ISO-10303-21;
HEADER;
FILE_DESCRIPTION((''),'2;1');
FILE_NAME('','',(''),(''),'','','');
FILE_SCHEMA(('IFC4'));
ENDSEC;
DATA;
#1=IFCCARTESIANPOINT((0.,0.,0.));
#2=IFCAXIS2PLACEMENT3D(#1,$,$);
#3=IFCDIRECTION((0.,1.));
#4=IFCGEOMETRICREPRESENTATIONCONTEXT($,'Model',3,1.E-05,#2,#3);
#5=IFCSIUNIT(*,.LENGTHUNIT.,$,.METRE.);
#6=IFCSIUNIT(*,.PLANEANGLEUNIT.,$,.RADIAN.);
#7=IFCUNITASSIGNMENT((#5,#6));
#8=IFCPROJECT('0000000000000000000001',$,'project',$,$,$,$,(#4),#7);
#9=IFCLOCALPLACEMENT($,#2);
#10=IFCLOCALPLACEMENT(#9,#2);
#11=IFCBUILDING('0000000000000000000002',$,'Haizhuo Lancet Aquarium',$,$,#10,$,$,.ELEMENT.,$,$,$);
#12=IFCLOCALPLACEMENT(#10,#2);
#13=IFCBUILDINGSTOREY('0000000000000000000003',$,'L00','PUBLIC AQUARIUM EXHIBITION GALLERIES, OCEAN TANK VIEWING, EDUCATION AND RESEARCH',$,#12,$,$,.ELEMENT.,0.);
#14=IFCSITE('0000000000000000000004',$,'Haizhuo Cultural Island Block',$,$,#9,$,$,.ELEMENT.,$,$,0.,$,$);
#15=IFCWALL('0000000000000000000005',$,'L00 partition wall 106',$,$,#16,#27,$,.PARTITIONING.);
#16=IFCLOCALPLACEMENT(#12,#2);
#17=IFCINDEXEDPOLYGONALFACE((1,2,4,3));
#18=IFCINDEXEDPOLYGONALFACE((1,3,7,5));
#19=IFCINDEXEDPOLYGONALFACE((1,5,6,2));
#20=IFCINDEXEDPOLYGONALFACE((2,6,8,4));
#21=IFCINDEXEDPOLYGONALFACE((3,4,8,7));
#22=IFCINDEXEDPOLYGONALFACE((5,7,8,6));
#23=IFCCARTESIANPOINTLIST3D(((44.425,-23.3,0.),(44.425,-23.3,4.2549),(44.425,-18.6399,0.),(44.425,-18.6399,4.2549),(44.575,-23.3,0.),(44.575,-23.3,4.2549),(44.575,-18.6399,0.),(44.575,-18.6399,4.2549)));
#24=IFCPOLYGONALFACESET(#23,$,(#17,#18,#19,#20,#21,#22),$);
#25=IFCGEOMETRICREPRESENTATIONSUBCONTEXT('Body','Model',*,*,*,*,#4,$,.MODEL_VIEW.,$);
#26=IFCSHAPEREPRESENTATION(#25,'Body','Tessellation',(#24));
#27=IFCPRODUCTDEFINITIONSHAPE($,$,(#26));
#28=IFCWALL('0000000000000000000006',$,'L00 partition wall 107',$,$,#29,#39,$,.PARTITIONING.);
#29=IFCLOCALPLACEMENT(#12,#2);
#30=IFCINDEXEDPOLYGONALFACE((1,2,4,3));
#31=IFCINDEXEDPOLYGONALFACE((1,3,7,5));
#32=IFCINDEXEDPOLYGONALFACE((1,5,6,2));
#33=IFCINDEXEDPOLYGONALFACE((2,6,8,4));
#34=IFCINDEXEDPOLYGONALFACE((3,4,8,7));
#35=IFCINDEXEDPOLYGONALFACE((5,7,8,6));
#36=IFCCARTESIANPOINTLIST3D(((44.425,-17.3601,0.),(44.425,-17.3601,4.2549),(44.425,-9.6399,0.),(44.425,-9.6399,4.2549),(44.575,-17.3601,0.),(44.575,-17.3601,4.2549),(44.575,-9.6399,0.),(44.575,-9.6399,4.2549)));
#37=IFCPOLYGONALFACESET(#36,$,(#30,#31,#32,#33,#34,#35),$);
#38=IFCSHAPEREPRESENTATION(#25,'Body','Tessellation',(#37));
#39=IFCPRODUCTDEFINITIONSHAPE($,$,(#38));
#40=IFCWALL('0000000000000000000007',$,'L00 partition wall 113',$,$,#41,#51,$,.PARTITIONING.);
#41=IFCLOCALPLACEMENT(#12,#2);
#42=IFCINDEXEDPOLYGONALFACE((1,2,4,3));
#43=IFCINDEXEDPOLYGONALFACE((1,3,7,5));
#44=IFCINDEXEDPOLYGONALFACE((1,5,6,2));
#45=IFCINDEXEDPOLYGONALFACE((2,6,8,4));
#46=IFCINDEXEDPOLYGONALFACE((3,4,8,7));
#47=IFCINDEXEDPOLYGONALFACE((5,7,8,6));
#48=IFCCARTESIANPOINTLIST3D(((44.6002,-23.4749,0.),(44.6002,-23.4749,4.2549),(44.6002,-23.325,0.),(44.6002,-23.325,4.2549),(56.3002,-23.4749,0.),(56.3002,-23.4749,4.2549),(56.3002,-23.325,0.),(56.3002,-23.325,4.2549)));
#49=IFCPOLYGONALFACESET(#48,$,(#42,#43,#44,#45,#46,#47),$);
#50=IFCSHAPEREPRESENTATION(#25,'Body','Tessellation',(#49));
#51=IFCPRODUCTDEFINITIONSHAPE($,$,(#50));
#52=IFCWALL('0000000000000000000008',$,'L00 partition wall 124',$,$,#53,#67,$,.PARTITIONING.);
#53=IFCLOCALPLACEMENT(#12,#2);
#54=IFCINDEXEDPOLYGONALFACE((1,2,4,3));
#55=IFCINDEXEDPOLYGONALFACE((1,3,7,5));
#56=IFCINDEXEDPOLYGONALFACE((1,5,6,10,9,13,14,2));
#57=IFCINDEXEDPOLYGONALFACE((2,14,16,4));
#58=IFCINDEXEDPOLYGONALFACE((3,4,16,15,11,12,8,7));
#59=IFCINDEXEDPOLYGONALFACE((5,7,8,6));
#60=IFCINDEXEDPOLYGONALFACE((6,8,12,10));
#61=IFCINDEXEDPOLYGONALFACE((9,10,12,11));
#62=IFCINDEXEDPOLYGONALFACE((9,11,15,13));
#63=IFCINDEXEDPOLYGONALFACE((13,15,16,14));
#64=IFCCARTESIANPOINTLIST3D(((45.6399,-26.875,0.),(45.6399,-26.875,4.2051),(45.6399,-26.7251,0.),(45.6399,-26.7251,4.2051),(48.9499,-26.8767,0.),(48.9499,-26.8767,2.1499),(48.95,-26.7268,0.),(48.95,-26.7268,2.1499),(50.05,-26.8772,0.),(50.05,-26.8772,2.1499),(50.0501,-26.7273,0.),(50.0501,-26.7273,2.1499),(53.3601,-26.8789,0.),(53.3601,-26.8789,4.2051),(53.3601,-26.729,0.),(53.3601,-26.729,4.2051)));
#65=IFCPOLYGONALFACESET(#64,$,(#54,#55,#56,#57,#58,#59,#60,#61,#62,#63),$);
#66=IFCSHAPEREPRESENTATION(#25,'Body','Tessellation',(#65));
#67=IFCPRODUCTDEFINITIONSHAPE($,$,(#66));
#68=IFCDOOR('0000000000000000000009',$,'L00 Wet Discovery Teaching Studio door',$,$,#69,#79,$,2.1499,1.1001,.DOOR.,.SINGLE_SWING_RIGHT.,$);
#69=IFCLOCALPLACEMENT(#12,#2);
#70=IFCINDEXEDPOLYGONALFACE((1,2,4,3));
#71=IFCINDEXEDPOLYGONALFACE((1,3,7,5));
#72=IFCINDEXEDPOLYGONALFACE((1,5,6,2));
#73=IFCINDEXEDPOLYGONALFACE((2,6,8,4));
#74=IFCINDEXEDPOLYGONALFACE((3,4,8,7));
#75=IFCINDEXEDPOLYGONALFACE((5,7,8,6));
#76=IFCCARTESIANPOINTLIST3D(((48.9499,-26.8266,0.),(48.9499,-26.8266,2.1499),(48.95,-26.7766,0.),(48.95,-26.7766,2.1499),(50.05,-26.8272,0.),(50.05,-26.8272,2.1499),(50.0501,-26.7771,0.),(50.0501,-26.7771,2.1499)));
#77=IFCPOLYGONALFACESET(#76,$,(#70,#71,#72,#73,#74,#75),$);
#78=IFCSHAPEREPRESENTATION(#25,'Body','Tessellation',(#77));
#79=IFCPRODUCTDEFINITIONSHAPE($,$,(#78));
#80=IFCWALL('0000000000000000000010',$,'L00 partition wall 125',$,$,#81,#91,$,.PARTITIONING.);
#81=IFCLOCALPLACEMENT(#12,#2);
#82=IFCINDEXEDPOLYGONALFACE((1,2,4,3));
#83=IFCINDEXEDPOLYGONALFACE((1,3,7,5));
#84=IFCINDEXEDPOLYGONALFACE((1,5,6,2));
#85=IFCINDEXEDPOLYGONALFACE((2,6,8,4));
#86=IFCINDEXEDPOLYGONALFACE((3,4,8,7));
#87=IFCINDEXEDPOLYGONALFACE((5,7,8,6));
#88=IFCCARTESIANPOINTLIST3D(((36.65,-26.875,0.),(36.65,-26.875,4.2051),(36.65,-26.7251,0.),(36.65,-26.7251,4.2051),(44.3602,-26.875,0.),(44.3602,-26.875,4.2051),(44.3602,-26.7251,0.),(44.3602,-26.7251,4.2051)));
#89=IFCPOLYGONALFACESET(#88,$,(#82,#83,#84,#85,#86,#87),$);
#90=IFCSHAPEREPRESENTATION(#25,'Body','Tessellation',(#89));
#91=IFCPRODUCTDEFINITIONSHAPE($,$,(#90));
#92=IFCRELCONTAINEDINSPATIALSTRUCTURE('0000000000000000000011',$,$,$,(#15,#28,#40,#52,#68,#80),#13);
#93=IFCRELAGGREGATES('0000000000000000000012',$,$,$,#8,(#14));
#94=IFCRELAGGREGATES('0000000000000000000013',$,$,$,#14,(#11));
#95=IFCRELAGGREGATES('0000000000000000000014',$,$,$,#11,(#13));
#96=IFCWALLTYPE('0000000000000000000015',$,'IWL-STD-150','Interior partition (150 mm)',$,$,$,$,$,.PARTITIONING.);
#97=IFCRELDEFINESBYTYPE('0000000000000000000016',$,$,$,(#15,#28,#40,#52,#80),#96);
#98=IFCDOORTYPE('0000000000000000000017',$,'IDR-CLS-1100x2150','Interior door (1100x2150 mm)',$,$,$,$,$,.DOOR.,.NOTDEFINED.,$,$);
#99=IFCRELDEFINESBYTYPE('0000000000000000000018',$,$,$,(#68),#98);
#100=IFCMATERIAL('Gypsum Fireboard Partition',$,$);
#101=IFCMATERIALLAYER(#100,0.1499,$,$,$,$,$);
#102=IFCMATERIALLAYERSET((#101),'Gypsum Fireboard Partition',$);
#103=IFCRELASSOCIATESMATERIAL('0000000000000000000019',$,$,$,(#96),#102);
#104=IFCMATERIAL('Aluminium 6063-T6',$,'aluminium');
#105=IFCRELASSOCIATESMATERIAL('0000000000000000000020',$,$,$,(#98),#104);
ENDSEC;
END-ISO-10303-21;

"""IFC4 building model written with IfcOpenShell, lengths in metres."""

from ifc_helpers import new_model, si_unit, direction, frame, frame_2d, origin, place, context, subcontext, project, spatial, rectangle, extrude, material, layer, layer_set, type_object, element, fill, save


model = new_model("IFC4")

# Units and contexts
model_context = context("Model", 3, precision=1e-05, world=origin(), true_north=direction((0.0, 1.0)))
body_context = subcontext(model_context, "Body", "Model", "MODEL_VIEW")
ifc_project = project(units=[si_unit("LENGTHUNIT", "METRE"), si_unit("PLANEANGLEUNIT", "RADIAN")], contexts=[model_context])

# Site, building, storey
site_placement = place(None, origin())
site = spatial("IfcSite", under=ifc_project, at=site_placement, Name="Haizhuo Cultural Island Block", CompositionType="ELEMENT", RefElevation=0.0)
building_placement = place(site_placement, origin())
building = spatial("IfcBuilding", under=site, at=building_placement, Name="Haizhuo Lancet Aquarium", CompositionType="ELEMENT")
storey_placement = place(building_placement, origin())
storey = spatial("IfcBuildingStorey", under=building, at=storey_placement, Name="L00", Description="PUBLIC AQUARIUM EXHIBITION GALLERIES, OCEAN TANK VIEWING, EDUCATION AND RESEARCH", CompositionType="ELEMENT", Elevation=0.0)

# Walls
ifc_material_1 = material(Name="Gypsum Fireboard Partition")
ifc_layer = layer(ifc_material_1, 0.1499)
ifc_layer_set = layer_set([ifc_layer], Name="Gypsum Fireboard Partition")
wall_type = type_object("IfcWallType", Name="IWL-STD-150", Description="Interior partition (150 mm)", PredefinedType="PARTITIONING", material=ifc_layer_set)
wall_1_placement = place(storey_placement, frame((44.5, -23.3, 0.0), z_axis=(0.0, 0.0, 1.0), x_axis=(0.0, 1.0, 0.0)))
element("IfcWall", 1, at=wall_1_placement, inside=storey, type_object=wall_type, Name="L00 partition wall 106", PredefinedType="PARTITIONING", context=body_context, shape_type="SweptSolid", body=[
    extrude(rectangle(XDim=4.6602, YDim=0.1499, at=frame_2d((2.3301, 0.0))), origin(), (0.0, 0.0, 1.0), 4.2549),
])
wall_2_placement = place(storey_placement, frame((44.5, -17.3601, 0.0), z_axis=(0.0, 0.0, 1.0), x_axis=(0.0, 1.0, 0.0)))
element("IfcWall", 2, at=wall_2_placement, inside=storey, type_object=wall_type, Name="L00 partition wall 107", PredefinedType="PARTITIONING", context=body_context, shape_type="SweptSolid", body=[
    extrude(rectangle(XDim=7.7202, YDim=0.1499, at=frame_2d((3.8601, 0.0))), origin(), (0.0, 0.0, 1.0), 4.2549),
])
wall_3_placement = place(storey_placement, frame((44.6001, -23.3999, 0.0), z_axis=(0.0, 0.0, 1.0), x_axis=(1.0, 0.0, 0.0)))
element("IfcWall", 3, at=wall_3_placement, inside=storey, type_object=wall_type, Name="L00 partition wall 113", PredefinedType="PARTITIONING", context=body_context, shape_type="SweptSolid", body=[
    extrude(rectangle(XDim=11.7, YDim=0.1499, at=frame_2d((5.8501, 0.0))), origin(), (0.0, 0.0, 1.0), 4.2549),
])

# Wall, opening, door
wall_4_placement = place(storey_placement, frame((53.3601, -26.804, 0.0), z_axis=(0.0, 0.0, 1.0), x_axis=(-1.0, 0.000506, 0.0)))
wall_4 = element("IfcWall", 4, at=wall_4_placement, inside=storey, type_object=wall_type, Name="L00 partition wall 124", PredefinedType="PARTITIONING", context=body_context, shape_type="SweptSolid", body=[
    extrude(rectangle(XDim=7.7202, YDim=0.1499, at=frame_2d((3.8601, 0.0))), origin(), (0.0, 0.0, 1.0), 4.2051),
])
opening_placement = place(wall_4_placement, frame((3.3101, 0.0, 0.0)))
opening = element("IfcOpeningElement", 5, at=opening_placement, cuts=wall_4, PredefinedType="OPENING", context=body_context, shape_type="SweptSolid", body=[
    extrude(rectangle(XDim=1.1001, YDim=2.1499, at=frame_2d((0.55, 1.075))), frame((0.0, 0.085, 0.0), z_axis=(0.0, -1.0, 0.0), x_axis=(1.0, 0.0, 0.0)), (0.0, 0.0, 1.0), 0.1699),
])
ifc_material_2 = material(Name="Aluminium 6063-T6", Category="aluminium")
door_type = type_object("IfcDoorType", Name="IDR-CLS-1100x2150", Description="Interior door (1100x2150 mm)", OperationType="NOTDEFINED", PredefinedType="DOOR", material=ifc_material_2)
door_placement = place(opening_placement, origin())
door = element("IfcDoor", 6, at=door_placement, inside=storey, type_object=door_type, Name="L00 Wet Discovery Teaching Studio door", OperationType="SINGLE_SWING_RIGHT", OverallHeight=2.1499, OverallWidth=1.1001, PredefinedType="DOOR", context=body_context, shape_type="SweptSolid", body=[
    extrude(rectangle(XDim=1.1001, YDim=2.1499, at=frame_2d((0.55, 1.075))), frame((0.0, 0.0249, 0.0), z_axis=(0.0, -1.0, 0.0), x_axis=(1.0, 0.0, 0.0)), (0.0, 0.0, 1.0), 0.05),
])
fill(opening, door)

# Wall
wall_5_placement = place(storey_placement, frame((44.3601, -26.8, 0.0), z_axis=(0.0, 0.0, 1.0), x_axis=(-1.0, 0.0, 0.0)))
element("IfcWall", 7, at=wall_5_placement, inside=storey, type_object=wall_type, Name="L00 partition wall 125", PredefinedType="PARTITIONING", context=body_context, shape_type="SweptSolid", body=[
    extrude(rectangle(XDim=7.7102, YDim=0.1499, at=frame_2d((3.855, 0.0))), origin(), (0.0, 0.0, 1.0), 4.2051),
])

save(model, "model.ifc")
